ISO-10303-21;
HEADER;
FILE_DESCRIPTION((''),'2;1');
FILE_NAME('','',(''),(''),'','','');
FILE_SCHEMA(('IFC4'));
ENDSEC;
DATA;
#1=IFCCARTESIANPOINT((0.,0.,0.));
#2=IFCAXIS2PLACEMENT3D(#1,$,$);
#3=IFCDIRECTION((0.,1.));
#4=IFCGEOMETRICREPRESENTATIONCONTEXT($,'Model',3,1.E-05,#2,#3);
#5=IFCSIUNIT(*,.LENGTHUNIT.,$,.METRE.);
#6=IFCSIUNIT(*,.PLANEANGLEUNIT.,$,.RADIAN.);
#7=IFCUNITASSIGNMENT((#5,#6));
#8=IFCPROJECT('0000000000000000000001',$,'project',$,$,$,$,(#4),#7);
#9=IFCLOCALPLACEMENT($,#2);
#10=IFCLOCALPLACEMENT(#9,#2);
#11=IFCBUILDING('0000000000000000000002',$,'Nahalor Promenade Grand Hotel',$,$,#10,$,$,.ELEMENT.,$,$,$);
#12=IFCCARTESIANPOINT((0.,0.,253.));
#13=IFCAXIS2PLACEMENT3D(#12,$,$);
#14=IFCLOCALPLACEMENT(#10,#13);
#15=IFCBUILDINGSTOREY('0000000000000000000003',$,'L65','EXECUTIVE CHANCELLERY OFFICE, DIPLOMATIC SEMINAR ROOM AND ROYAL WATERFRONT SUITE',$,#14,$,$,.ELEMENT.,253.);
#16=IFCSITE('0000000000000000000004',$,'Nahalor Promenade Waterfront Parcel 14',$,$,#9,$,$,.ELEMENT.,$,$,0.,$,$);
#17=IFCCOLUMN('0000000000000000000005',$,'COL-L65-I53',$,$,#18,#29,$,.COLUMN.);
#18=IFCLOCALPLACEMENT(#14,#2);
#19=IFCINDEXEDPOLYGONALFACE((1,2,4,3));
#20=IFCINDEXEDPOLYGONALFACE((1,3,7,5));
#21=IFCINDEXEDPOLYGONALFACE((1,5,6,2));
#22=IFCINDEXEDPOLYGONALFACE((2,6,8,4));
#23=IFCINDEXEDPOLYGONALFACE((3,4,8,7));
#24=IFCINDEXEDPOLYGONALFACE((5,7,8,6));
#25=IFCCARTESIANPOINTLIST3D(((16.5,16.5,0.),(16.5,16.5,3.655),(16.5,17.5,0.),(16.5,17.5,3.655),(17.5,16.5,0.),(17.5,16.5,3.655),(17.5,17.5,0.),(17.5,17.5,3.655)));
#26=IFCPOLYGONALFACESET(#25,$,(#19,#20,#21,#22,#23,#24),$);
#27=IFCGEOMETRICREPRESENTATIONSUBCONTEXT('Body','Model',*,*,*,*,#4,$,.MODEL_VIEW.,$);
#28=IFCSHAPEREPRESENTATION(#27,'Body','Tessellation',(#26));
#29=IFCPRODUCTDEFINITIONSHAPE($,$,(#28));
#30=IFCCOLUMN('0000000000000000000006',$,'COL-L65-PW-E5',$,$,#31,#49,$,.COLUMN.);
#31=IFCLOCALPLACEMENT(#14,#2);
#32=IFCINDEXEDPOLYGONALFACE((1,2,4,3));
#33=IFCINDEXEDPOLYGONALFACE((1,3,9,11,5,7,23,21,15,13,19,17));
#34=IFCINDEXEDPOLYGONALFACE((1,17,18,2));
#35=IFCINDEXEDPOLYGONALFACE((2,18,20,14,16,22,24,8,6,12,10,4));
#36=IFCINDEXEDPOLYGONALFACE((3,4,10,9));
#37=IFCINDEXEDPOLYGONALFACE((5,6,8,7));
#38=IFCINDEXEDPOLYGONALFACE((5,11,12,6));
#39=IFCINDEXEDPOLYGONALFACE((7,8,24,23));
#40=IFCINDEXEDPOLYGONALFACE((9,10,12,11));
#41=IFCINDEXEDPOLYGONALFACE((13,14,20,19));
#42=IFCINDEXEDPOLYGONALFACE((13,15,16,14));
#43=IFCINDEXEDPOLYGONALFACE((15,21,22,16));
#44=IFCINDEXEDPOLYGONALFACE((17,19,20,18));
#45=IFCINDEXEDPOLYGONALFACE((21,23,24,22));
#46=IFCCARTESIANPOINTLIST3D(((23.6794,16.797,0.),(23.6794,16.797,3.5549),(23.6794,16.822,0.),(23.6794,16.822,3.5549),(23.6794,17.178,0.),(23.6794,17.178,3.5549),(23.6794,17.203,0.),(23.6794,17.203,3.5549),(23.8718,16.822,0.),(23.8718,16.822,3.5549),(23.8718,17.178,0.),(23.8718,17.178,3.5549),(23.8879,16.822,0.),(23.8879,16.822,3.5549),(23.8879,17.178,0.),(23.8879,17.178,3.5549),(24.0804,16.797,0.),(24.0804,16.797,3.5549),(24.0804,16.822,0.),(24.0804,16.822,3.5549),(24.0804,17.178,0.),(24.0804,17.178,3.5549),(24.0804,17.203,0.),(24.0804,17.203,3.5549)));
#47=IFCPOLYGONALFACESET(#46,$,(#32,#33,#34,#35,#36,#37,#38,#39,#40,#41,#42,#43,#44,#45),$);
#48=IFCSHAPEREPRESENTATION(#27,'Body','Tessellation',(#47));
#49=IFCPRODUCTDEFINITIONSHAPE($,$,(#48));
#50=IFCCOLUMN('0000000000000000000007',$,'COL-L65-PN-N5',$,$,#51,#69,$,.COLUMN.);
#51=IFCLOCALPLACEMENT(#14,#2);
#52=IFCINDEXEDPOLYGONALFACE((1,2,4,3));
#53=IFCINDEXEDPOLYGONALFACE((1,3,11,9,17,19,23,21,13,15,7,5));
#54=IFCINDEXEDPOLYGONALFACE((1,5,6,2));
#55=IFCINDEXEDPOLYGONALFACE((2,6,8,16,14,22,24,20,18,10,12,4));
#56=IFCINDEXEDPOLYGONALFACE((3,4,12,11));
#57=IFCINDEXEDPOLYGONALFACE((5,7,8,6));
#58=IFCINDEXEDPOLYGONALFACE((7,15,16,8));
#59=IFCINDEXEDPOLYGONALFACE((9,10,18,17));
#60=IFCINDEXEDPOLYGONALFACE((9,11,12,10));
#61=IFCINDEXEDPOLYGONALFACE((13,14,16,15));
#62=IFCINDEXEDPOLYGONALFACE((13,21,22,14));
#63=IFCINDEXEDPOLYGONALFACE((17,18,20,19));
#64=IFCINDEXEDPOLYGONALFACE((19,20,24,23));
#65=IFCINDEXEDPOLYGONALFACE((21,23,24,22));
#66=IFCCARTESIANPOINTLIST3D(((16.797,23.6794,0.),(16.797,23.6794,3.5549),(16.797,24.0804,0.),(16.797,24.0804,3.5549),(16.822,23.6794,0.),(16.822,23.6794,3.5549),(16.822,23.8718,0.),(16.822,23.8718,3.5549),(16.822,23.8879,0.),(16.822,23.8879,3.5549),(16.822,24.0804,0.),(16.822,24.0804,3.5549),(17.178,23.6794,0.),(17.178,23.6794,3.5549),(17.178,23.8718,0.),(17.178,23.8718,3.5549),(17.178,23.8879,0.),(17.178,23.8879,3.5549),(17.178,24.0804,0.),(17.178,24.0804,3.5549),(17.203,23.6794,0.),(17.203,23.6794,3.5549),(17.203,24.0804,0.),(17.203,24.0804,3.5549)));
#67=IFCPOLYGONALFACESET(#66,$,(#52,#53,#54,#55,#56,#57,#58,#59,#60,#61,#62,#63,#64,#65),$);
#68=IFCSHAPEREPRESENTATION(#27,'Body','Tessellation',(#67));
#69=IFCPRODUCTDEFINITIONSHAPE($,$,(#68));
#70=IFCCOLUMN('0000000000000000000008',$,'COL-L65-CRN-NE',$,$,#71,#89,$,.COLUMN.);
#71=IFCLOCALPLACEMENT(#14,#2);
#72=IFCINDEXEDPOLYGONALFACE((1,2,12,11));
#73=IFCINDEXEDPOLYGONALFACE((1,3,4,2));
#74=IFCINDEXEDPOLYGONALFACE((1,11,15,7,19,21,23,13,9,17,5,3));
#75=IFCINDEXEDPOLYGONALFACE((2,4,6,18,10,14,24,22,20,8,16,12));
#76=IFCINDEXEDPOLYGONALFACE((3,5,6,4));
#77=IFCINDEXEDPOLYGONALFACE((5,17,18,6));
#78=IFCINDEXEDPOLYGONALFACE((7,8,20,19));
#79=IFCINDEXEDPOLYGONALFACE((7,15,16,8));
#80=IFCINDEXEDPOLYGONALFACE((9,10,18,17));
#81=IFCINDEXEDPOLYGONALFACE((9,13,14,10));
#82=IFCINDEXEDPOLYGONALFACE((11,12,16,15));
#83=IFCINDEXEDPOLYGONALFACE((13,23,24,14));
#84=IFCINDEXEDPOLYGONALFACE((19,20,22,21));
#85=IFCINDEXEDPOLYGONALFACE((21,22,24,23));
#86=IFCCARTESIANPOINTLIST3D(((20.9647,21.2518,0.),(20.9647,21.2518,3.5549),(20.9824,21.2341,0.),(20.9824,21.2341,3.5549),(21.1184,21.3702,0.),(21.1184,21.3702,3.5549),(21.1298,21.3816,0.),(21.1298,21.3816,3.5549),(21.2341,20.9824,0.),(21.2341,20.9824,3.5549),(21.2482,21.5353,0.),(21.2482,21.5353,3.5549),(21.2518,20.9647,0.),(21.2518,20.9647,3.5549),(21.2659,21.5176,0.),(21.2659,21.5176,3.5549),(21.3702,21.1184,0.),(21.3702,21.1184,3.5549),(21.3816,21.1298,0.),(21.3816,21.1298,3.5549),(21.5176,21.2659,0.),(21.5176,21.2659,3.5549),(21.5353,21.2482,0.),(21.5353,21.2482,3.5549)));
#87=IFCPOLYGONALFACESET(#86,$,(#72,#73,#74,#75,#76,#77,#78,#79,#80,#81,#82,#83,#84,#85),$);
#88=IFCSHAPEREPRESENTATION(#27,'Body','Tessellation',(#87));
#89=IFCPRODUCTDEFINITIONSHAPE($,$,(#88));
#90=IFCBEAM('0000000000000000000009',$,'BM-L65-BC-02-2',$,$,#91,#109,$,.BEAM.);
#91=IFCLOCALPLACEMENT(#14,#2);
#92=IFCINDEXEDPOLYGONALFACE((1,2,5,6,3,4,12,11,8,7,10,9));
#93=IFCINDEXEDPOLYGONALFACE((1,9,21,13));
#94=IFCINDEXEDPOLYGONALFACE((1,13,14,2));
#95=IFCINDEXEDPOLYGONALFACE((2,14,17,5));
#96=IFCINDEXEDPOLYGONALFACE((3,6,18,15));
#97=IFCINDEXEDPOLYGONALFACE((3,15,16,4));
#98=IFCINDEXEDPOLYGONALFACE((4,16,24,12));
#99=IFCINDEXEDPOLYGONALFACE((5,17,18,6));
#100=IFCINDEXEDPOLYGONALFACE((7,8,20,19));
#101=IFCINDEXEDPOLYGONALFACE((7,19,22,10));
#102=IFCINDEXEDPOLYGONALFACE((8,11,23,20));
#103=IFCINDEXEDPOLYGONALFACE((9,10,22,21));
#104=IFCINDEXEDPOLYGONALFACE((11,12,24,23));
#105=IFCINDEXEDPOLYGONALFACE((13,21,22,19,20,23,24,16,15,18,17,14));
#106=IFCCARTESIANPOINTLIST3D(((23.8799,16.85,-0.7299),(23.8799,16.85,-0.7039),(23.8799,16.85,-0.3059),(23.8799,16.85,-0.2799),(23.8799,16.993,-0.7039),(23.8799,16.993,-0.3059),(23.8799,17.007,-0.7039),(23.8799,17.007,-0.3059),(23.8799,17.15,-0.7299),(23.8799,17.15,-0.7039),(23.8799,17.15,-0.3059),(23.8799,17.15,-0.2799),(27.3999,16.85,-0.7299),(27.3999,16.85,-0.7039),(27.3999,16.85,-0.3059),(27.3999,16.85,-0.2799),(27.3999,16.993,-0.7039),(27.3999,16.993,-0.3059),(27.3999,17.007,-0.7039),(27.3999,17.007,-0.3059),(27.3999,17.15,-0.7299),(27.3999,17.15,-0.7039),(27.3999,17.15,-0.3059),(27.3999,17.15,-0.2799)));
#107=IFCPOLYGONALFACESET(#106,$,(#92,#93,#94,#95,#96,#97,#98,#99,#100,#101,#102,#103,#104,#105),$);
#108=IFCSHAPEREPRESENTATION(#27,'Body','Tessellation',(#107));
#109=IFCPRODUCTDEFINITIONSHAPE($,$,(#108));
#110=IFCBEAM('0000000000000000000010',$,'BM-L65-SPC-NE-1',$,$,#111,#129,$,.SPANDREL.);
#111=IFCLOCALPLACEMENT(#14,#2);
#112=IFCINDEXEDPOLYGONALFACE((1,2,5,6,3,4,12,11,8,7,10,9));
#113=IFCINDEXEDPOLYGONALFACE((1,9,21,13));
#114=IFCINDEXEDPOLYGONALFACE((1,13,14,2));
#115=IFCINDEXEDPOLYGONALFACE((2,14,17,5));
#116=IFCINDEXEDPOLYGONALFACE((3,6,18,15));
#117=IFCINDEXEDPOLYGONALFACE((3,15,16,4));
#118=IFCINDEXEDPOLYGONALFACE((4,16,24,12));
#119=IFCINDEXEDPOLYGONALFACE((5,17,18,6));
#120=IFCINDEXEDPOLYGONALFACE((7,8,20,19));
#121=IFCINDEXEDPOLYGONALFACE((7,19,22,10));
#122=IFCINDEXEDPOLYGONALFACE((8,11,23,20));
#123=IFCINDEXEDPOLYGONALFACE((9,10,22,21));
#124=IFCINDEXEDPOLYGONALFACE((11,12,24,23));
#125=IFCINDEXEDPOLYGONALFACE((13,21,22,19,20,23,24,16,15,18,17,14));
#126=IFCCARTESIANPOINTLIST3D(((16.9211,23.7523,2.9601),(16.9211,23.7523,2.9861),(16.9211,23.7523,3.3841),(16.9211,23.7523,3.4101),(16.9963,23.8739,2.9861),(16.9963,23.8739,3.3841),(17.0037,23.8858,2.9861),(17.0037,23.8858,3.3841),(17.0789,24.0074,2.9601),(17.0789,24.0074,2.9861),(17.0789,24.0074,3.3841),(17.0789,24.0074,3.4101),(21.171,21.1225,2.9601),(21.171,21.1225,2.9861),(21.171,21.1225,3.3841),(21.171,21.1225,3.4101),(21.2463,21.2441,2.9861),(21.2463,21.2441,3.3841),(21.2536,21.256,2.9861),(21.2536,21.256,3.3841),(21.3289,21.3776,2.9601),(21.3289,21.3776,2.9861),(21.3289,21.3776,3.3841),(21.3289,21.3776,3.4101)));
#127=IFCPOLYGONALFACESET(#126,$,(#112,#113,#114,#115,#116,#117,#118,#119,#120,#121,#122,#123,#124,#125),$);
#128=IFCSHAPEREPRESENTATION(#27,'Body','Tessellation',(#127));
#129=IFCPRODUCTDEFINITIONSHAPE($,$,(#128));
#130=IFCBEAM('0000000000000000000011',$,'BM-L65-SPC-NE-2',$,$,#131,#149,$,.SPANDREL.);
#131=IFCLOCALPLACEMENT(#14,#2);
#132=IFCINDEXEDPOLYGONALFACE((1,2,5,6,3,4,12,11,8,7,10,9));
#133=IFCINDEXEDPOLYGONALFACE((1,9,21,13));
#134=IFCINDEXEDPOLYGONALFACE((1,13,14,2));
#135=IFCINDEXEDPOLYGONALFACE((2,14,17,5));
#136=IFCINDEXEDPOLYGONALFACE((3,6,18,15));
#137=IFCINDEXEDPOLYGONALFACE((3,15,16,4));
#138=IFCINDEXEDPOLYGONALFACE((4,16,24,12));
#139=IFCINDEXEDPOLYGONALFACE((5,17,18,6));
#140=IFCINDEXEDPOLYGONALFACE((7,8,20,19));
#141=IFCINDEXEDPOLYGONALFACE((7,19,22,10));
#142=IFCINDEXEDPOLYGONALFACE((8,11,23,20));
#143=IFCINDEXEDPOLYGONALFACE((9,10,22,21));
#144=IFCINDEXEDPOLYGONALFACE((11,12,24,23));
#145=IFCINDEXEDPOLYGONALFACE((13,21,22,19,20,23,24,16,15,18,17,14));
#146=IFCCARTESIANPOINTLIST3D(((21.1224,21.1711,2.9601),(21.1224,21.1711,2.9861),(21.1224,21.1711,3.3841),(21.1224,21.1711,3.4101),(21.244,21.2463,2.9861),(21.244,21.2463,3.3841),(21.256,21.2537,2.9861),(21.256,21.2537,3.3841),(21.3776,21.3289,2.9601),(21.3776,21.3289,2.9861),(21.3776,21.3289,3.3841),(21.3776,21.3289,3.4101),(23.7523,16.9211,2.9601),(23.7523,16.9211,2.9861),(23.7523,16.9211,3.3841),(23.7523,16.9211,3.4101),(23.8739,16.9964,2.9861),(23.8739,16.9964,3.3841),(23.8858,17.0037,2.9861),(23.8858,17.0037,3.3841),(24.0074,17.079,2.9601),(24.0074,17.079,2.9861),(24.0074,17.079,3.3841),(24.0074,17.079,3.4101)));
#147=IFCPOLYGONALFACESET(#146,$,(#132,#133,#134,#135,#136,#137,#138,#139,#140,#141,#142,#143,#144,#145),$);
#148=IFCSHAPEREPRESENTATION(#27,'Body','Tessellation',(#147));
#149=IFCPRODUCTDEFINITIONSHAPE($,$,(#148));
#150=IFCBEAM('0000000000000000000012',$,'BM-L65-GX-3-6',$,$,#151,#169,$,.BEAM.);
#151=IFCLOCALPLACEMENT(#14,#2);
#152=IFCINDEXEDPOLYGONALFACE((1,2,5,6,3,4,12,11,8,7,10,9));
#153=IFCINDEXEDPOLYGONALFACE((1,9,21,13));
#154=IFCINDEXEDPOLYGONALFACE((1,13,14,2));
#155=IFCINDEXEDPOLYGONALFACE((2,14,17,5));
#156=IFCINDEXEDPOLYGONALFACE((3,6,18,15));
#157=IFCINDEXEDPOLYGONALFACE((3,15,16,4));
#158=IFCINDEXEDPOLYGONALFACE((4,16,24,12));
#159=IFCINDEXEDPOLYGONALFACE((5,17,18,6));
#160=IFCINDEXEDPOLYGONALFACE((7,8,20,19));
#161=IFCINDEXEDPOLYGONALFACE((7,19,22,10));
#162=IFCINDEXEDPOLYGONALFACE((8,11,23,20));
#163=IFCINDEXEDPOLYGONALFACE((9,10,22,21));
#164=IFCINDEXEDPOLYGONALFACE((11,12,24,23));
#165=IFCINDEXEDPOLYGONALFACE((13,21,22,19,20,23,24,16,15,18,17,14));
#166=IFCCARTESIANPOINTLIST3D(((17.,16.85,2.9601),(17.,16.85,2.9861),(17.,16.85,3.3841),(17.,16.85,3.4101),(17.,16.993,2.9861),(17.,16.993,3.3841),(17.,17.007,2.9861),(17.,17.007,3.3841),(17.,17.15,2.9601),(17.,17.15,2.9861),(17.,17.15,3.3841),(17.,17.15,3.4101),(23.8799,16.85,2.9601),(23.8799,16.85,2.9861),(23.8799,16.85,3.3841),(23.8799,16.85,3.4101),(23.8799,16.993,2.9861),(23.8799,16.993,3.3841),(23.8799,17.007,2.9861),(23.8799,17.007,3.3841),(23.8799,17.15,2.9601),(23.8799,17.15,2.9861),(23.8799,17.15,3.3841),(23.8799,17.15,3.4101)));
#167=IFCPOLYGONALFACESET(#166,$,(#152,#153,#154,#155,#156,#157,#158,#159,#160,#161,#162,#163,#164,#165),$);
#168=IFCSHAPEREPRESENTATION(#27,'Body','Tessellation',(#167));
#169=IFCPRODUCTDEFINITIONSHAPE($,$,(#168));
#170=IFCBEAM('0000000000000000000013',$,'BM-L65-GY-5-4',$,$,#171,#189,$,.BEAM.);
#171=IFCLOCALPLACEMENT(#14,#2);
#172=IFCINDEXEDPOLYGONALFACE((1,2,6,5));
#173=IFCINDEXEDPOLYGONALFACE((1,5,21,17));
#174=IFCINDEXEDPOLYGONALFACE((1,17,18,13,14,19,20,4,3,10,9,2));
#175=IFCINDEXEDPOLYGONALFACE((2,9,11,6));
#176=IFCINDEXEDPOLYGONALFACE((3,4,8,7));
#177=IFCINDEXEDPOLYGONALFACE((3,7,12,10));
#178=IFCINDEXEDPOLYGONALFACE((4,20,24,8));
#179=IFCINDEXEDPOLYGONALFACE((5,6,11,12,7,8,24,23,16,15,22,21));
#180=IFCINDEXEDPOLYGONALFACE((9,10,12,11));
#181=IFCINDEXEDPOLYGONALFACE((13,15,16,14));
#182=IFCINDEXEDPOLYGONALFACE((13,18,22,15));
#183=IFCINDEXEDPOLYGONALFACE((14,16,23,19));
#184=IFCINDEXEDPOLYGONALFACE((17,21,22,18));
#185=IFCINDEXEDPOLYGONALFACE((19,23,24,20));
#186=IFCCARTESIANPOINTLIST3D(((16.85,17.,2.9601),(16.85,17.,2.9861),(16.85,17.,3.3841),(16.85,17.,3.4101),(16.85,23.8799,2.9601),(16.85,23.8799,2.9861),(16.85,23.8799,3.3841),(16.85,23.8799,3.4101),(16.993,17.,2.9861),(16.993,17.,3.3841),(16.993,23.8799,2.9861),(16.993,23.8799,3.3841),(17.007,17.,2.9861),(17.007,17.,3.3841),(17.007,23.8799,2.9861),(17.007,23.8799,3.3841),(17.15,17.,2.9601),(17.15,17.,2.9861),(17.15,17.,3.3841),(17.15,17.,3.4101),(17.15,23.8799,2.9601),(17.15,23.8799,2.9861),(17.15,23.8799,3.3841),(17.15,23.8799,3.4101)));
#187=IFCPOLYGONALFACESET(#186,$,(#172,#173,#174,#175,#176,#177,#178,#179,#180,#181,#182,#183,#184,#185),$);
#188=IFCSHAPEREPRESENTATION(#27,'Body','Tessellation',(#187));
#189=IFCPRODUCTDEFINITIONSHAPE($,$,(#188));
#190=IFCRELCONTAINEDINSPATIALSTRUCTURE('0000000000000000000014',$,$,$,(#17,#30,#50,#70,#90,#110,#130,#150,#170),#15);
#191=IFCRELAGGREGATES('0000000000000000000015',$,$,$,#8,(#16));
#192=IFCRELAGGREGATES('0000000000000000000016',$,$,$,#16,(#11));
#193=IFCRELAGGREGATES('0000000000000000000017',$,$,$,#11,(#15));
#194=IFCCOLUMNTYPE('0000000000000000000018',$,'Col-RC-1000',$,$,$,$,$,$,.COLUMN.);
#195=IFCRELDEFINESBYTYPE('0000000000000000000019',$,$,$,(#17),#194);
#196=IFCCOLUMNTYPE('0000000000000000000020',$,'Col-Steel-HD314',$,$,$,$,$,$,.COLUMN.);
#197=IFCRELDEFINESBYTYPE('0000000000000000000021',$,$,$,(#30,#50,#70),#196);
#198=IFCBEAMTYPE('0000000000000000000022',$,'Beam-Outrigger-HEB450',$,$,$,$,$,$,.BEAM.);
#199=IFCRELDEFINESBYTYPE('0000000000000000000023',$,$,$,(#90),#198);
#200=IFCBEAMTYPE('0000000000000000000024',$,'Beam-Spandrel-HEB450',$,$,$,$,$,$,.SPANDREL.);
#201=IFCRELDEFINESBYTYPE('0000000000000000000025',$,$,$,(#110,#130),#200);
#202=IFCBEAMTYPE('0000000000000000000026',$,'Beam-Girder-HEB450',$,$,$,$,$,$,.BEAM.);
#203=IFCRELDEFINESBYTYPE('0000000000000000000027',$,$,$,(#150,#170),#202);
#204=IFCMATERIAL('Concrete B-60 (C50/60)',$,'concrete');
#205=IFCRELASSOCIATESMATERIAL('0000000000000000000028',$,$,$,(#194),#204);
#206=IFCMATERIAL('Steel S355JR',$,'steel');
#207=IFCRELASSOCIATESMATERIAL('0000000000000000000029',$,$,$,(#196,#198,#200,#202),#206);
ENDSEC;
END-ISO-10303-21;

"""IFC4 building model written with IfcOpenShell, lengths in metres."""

from ifc_helpers import new_model, si_unit, direction, frame, origin, origin_2d, place, context, subcontext, project, spatial, rectangle, i_section, extrude, source, transform, mapped, material, material_profile, profile_set, type_object, element, save


model = new_model("IFC4")

# Units and contexts
model_context = context("Model", 3, precision=1e-05, world=origin(), true_north=direction((0.0, 1.0)))
body_context = subcontext(model_context, "Body", "Model", "MODEL_VIEW")
ifc_project = project(units=[si_unit("LENGTHUNIT", "METRE"), si_unit("PLANEANGLEUNIT", "RADIAN")], contexts=[model_context])

# Site, building, storey
site_placement = place(None, origin())
site = spatial("IfcSite", under=ifc_project, at=site_placement, Name="Nahalor Promenade Waterfront Parcel 14", CompositionType="ELEMENT", RefElevation=0.0)
building_placement = place(site_placement, origin())
building = spatial("IfcBuilding", under=site, at=building_placement, Name="Nahalor Promenade Grand Hotel", CompositionType="ELEMENT")
storey_placement = place(building_placement, frame((0.0, 0.0, 253.0)))
storey = spatial("IfcBuildingStorey", under=building, at=storey_placement, Name="L65", Description="EXECUTIVE CHANCELLERY OFFICE, DIPLOMATIC SEMINAR ROOM AND ROYAL WATERFRONT SUITE", CompositionType="ELEMENT", Elevation=253.0)

# Columns
ifc_material_1 = material(Name="Concrete B-60 (C50/60)", Category="concrete")
ifc_material_profile_1 = material_profile(ifc_material_1, rectangle(XDim=1.0, YDim=1.0, at=origin_2d()), Name="RC 1000x1000")
ifc_profile_set_1 = profile_set([ifc_material_profile_1], Name="Concrete B-60 (C50/60)")
column_type_1 = type_object("IfcColumnType", Name="Col-RC-1000", PredefinedType="COLUMN", material=ifc_profile_set_1)
shared_shape_1 = source(origin(), body_context, "Body", "SweptSolid", [
    extrude(rectangle(XDim=1.0, YDim=1.0, at=origin_2d()), origin(), (0.0, 0.0, 1.0), 3.655),
])
column_placement = place(storey_placement, frame((17.0, 17.0, 0.0), z_axis=(0.0, 0.0, 1.0), x_axis=(1.0, 0.0, 0.0)))
element("IfcColumn", 1, at=column_placement, inside=storey, type_object=column_type_1, Name="COL-L65-I53", PredefinedType="COLUMN", context=body_context, shape_type="MappedRepresentation", body=[
    mapped(shared_shape_1, transform((0.0, 0.0, 0.0), scale=1.0)),
])
ifc_material_2 = material(Name="Steel S355JR", Category="steel")
ifc_material_profile_2 = material_profile(ifc_material_2, i_section(OverallWidth=0.401, OverallDepth=0.406, WebThickness=0.0161, FlangeThickness=0.025, at=origin_2d()), Name="HD 400x314")
ifc_profile_set_2 = profile_set([ifc_material_profile_2], Name="Steel S355JR")
column_type_2 = type_object("IfcColumnType", Name="Col-Steel-HD314", PredefinedType="COLUMN", material=ifc_profile_set_2)
shared_shape_2 = source(origin(), body_context, "Body", "SweptSolid", [
    extrude(i_section(OverallWidth=0.401, OverallDepth=0.406, WebThickness=0.0161, FlangeThickness=0.025, at=origin_2d()), origin(), (0.0, 0.0, 1.0), 3.5549),
])
for number, where, z_axis, x_axis, name in (
    (2, (23.8799, 17.0, 0.0), (0.0, 0.0, 1.0), (1.0, 0.0, 0.0), "COL-L65-PW-E5"),
    (3, (17.0, 23.8799, 0.0), (0.0, 0.0, 1.0), (0.0, 1.0, 0.0), "COL-L65-PN-N5"),
    (4, (21.25, 21.25, 0.0), (0.0, 0.0, 1.0), (0.707107, 0.707107, 0.0), "COL-L65-CRN-NE"),
):
    element("IfcColumn", number, at=place(storey_placement, frame(where, z_axis=z_axis, x_axis=x_axis)), inside=storey, type_object=column_type_2, Name=name, PredefinedType="COLUMN", context=body_context, shape_type="MappedRepresentation", body=[
        mapped(shared_shape_2, transform((0.0, 0.0, 0.0), scale=1.0)),
    ])

# Beams
ifc_material_profile_3 = material_profile(ifc_material_2, i_section(OverallWidth=0.3, OverallDepth=0.45, WebThickness=0.014, FlangeThickness=0.026, at=origin_2d()), Name="HEB 450")
ifc_profile_set_3 = profile_set([ifc_material_profile_3], Name="Steel S355JR")
beam_type_1 = type_object("IfcBeamType", Name="Beam-Outrigger-HEB450", PredefinedType="BEAM", material=ifc_profile_set_3)
shared_shape_3 = source(origin(), body_context, "Body", "SweptSolid", [
    extrude(i_section(OverallWidth=0.3, OverallDepth=0.45, WebThickness=0.014, FlangeThickness=0.026, at=origin_2d()), origin(), (0.0, 0.0, 1.0), 3.52),
])
beam_placement = place(storey_placement, frame((23.8799, 17.0, -0.5049), z_axis=(1.0, 0.0, 0.0), x_axis=(0.0, 1.0, 0.0)))
element("IfcBeam", 5, at=beam_placement, inside=storey, type_object=beam_type_1, Name="BM-L65-BC-02-2", PredefinedType="BEAM", context=body_context, shape_type="MappedRepresentation", body=[
    mapped(shared_shape_3, transform((0.0, 0.0, 0.0), scale=1.0)),
])
ifc_material_profile_4 = material_profile(ifc_material_2, i_section(OverallWidth=0.3, OverallDepth=0.45, WebThickness=0.014, FlangeThickness=0.026, at=origin_2d()), Name="HEB 450")
ifc_profile_set_4 = profile_set([ifc_material_profile_4], Name="Steel S355JR")
beam_type_2 = type_object("IfcBeamType", Name="Beam-Spandrel-HEB450", PredefinedType="SPANDREL", material=ifc_profile_set_4)
shared_shape_4 = source(origin(), body_context, "Body", "SweptSolid", [
    extrude(i_section(OverallWidth=0.3, OverallDepth=0.45, WebThickness=0.014, FlangeThickness=0.026, at=origin_2d()), origin(), (0.0, 0.0, 1.0), 4.9978),
])
for number, where, z_axis, x_axis, name in (
    (6, (17.0, 23.8799, 3.1851), (0.850361, -0.5262, 0.0), (0.5262, 0.850361, 0.0), "BM-L65-SPC-NE-1"),
    (7, (21.25, 21.25, 3.1851), (0.5262, -0.850361, 0.0), (0.850361, 0.5262, 0.0), "BM-L65-SPC-NE-2"),
):
    element("IfcBeam", number, at=place(storey_placement, frame(where, z_axis=z_axis, x_axis=x_axis)), inside=storey, type_object=beam_type_2, Name=name, PredefinedType="SPANDREL", context=body_context, shape_type="MappedRepresentation", body=[
        mapped(shared_shape_4, transform((0.0, 0.0, 0.0), scale=1.0)),
    ])
ifc_material_profile_5 = material_profile(ifc_material_2, i_section(OverallWidth=0.3, OverallDepth=0.45, WebThickness=0.014, FlangeThickness=0.026, at=origin_2d()), Name="HEB 450")
ifc_profile_set_5 = profile_set([ifc_material_profile_5], Name="Steel S355JR")
beam_type_3 = type_object("IfcBeamType", Name="Beam-Girder-HEB450", PredefinedType="BEAM", material=ifc_profile_set_5)
shared_shape_5 = source(origin(), body_context, "Body", "SweptSolid", [
    extrude(i_section(OverallWidth=0.3, OverallDepth=0.45, WebThickness=0.014, FlangeThickness=0.026, at=origin_2d()), origin(), (0.0, 0.0, 1.0), 6.8799),
])
for number, where, z_axis, x_axis, name in (
    (8, (17.0, 17.0, 3.1851), (1.0, 0.0, 0.0), (0.0, 1.0, 0.0), "BM-L65-GX-3-6"),
    (9, (17.0, 17.0, 3.1851), (0.0, 1.0, 0.0), (-1.0, 0.0, 0.0), "BM-L65-GY-5-4"),
):
    element("IfcBeam", number, at=place(storey_placement, frame(where, z_axis=z_axis, x_axis=x_axis)), inside=storey, type_object=beam_type_3, Name=name, PredefinedType="BEAM", context=body_context, shape_type="MappedRepresentation", body=[
        mapped(shared_shape_5, transform((0.0, 0.0, 0.0), scale=1.0)),
    ])

save(model, "model.ifc")
